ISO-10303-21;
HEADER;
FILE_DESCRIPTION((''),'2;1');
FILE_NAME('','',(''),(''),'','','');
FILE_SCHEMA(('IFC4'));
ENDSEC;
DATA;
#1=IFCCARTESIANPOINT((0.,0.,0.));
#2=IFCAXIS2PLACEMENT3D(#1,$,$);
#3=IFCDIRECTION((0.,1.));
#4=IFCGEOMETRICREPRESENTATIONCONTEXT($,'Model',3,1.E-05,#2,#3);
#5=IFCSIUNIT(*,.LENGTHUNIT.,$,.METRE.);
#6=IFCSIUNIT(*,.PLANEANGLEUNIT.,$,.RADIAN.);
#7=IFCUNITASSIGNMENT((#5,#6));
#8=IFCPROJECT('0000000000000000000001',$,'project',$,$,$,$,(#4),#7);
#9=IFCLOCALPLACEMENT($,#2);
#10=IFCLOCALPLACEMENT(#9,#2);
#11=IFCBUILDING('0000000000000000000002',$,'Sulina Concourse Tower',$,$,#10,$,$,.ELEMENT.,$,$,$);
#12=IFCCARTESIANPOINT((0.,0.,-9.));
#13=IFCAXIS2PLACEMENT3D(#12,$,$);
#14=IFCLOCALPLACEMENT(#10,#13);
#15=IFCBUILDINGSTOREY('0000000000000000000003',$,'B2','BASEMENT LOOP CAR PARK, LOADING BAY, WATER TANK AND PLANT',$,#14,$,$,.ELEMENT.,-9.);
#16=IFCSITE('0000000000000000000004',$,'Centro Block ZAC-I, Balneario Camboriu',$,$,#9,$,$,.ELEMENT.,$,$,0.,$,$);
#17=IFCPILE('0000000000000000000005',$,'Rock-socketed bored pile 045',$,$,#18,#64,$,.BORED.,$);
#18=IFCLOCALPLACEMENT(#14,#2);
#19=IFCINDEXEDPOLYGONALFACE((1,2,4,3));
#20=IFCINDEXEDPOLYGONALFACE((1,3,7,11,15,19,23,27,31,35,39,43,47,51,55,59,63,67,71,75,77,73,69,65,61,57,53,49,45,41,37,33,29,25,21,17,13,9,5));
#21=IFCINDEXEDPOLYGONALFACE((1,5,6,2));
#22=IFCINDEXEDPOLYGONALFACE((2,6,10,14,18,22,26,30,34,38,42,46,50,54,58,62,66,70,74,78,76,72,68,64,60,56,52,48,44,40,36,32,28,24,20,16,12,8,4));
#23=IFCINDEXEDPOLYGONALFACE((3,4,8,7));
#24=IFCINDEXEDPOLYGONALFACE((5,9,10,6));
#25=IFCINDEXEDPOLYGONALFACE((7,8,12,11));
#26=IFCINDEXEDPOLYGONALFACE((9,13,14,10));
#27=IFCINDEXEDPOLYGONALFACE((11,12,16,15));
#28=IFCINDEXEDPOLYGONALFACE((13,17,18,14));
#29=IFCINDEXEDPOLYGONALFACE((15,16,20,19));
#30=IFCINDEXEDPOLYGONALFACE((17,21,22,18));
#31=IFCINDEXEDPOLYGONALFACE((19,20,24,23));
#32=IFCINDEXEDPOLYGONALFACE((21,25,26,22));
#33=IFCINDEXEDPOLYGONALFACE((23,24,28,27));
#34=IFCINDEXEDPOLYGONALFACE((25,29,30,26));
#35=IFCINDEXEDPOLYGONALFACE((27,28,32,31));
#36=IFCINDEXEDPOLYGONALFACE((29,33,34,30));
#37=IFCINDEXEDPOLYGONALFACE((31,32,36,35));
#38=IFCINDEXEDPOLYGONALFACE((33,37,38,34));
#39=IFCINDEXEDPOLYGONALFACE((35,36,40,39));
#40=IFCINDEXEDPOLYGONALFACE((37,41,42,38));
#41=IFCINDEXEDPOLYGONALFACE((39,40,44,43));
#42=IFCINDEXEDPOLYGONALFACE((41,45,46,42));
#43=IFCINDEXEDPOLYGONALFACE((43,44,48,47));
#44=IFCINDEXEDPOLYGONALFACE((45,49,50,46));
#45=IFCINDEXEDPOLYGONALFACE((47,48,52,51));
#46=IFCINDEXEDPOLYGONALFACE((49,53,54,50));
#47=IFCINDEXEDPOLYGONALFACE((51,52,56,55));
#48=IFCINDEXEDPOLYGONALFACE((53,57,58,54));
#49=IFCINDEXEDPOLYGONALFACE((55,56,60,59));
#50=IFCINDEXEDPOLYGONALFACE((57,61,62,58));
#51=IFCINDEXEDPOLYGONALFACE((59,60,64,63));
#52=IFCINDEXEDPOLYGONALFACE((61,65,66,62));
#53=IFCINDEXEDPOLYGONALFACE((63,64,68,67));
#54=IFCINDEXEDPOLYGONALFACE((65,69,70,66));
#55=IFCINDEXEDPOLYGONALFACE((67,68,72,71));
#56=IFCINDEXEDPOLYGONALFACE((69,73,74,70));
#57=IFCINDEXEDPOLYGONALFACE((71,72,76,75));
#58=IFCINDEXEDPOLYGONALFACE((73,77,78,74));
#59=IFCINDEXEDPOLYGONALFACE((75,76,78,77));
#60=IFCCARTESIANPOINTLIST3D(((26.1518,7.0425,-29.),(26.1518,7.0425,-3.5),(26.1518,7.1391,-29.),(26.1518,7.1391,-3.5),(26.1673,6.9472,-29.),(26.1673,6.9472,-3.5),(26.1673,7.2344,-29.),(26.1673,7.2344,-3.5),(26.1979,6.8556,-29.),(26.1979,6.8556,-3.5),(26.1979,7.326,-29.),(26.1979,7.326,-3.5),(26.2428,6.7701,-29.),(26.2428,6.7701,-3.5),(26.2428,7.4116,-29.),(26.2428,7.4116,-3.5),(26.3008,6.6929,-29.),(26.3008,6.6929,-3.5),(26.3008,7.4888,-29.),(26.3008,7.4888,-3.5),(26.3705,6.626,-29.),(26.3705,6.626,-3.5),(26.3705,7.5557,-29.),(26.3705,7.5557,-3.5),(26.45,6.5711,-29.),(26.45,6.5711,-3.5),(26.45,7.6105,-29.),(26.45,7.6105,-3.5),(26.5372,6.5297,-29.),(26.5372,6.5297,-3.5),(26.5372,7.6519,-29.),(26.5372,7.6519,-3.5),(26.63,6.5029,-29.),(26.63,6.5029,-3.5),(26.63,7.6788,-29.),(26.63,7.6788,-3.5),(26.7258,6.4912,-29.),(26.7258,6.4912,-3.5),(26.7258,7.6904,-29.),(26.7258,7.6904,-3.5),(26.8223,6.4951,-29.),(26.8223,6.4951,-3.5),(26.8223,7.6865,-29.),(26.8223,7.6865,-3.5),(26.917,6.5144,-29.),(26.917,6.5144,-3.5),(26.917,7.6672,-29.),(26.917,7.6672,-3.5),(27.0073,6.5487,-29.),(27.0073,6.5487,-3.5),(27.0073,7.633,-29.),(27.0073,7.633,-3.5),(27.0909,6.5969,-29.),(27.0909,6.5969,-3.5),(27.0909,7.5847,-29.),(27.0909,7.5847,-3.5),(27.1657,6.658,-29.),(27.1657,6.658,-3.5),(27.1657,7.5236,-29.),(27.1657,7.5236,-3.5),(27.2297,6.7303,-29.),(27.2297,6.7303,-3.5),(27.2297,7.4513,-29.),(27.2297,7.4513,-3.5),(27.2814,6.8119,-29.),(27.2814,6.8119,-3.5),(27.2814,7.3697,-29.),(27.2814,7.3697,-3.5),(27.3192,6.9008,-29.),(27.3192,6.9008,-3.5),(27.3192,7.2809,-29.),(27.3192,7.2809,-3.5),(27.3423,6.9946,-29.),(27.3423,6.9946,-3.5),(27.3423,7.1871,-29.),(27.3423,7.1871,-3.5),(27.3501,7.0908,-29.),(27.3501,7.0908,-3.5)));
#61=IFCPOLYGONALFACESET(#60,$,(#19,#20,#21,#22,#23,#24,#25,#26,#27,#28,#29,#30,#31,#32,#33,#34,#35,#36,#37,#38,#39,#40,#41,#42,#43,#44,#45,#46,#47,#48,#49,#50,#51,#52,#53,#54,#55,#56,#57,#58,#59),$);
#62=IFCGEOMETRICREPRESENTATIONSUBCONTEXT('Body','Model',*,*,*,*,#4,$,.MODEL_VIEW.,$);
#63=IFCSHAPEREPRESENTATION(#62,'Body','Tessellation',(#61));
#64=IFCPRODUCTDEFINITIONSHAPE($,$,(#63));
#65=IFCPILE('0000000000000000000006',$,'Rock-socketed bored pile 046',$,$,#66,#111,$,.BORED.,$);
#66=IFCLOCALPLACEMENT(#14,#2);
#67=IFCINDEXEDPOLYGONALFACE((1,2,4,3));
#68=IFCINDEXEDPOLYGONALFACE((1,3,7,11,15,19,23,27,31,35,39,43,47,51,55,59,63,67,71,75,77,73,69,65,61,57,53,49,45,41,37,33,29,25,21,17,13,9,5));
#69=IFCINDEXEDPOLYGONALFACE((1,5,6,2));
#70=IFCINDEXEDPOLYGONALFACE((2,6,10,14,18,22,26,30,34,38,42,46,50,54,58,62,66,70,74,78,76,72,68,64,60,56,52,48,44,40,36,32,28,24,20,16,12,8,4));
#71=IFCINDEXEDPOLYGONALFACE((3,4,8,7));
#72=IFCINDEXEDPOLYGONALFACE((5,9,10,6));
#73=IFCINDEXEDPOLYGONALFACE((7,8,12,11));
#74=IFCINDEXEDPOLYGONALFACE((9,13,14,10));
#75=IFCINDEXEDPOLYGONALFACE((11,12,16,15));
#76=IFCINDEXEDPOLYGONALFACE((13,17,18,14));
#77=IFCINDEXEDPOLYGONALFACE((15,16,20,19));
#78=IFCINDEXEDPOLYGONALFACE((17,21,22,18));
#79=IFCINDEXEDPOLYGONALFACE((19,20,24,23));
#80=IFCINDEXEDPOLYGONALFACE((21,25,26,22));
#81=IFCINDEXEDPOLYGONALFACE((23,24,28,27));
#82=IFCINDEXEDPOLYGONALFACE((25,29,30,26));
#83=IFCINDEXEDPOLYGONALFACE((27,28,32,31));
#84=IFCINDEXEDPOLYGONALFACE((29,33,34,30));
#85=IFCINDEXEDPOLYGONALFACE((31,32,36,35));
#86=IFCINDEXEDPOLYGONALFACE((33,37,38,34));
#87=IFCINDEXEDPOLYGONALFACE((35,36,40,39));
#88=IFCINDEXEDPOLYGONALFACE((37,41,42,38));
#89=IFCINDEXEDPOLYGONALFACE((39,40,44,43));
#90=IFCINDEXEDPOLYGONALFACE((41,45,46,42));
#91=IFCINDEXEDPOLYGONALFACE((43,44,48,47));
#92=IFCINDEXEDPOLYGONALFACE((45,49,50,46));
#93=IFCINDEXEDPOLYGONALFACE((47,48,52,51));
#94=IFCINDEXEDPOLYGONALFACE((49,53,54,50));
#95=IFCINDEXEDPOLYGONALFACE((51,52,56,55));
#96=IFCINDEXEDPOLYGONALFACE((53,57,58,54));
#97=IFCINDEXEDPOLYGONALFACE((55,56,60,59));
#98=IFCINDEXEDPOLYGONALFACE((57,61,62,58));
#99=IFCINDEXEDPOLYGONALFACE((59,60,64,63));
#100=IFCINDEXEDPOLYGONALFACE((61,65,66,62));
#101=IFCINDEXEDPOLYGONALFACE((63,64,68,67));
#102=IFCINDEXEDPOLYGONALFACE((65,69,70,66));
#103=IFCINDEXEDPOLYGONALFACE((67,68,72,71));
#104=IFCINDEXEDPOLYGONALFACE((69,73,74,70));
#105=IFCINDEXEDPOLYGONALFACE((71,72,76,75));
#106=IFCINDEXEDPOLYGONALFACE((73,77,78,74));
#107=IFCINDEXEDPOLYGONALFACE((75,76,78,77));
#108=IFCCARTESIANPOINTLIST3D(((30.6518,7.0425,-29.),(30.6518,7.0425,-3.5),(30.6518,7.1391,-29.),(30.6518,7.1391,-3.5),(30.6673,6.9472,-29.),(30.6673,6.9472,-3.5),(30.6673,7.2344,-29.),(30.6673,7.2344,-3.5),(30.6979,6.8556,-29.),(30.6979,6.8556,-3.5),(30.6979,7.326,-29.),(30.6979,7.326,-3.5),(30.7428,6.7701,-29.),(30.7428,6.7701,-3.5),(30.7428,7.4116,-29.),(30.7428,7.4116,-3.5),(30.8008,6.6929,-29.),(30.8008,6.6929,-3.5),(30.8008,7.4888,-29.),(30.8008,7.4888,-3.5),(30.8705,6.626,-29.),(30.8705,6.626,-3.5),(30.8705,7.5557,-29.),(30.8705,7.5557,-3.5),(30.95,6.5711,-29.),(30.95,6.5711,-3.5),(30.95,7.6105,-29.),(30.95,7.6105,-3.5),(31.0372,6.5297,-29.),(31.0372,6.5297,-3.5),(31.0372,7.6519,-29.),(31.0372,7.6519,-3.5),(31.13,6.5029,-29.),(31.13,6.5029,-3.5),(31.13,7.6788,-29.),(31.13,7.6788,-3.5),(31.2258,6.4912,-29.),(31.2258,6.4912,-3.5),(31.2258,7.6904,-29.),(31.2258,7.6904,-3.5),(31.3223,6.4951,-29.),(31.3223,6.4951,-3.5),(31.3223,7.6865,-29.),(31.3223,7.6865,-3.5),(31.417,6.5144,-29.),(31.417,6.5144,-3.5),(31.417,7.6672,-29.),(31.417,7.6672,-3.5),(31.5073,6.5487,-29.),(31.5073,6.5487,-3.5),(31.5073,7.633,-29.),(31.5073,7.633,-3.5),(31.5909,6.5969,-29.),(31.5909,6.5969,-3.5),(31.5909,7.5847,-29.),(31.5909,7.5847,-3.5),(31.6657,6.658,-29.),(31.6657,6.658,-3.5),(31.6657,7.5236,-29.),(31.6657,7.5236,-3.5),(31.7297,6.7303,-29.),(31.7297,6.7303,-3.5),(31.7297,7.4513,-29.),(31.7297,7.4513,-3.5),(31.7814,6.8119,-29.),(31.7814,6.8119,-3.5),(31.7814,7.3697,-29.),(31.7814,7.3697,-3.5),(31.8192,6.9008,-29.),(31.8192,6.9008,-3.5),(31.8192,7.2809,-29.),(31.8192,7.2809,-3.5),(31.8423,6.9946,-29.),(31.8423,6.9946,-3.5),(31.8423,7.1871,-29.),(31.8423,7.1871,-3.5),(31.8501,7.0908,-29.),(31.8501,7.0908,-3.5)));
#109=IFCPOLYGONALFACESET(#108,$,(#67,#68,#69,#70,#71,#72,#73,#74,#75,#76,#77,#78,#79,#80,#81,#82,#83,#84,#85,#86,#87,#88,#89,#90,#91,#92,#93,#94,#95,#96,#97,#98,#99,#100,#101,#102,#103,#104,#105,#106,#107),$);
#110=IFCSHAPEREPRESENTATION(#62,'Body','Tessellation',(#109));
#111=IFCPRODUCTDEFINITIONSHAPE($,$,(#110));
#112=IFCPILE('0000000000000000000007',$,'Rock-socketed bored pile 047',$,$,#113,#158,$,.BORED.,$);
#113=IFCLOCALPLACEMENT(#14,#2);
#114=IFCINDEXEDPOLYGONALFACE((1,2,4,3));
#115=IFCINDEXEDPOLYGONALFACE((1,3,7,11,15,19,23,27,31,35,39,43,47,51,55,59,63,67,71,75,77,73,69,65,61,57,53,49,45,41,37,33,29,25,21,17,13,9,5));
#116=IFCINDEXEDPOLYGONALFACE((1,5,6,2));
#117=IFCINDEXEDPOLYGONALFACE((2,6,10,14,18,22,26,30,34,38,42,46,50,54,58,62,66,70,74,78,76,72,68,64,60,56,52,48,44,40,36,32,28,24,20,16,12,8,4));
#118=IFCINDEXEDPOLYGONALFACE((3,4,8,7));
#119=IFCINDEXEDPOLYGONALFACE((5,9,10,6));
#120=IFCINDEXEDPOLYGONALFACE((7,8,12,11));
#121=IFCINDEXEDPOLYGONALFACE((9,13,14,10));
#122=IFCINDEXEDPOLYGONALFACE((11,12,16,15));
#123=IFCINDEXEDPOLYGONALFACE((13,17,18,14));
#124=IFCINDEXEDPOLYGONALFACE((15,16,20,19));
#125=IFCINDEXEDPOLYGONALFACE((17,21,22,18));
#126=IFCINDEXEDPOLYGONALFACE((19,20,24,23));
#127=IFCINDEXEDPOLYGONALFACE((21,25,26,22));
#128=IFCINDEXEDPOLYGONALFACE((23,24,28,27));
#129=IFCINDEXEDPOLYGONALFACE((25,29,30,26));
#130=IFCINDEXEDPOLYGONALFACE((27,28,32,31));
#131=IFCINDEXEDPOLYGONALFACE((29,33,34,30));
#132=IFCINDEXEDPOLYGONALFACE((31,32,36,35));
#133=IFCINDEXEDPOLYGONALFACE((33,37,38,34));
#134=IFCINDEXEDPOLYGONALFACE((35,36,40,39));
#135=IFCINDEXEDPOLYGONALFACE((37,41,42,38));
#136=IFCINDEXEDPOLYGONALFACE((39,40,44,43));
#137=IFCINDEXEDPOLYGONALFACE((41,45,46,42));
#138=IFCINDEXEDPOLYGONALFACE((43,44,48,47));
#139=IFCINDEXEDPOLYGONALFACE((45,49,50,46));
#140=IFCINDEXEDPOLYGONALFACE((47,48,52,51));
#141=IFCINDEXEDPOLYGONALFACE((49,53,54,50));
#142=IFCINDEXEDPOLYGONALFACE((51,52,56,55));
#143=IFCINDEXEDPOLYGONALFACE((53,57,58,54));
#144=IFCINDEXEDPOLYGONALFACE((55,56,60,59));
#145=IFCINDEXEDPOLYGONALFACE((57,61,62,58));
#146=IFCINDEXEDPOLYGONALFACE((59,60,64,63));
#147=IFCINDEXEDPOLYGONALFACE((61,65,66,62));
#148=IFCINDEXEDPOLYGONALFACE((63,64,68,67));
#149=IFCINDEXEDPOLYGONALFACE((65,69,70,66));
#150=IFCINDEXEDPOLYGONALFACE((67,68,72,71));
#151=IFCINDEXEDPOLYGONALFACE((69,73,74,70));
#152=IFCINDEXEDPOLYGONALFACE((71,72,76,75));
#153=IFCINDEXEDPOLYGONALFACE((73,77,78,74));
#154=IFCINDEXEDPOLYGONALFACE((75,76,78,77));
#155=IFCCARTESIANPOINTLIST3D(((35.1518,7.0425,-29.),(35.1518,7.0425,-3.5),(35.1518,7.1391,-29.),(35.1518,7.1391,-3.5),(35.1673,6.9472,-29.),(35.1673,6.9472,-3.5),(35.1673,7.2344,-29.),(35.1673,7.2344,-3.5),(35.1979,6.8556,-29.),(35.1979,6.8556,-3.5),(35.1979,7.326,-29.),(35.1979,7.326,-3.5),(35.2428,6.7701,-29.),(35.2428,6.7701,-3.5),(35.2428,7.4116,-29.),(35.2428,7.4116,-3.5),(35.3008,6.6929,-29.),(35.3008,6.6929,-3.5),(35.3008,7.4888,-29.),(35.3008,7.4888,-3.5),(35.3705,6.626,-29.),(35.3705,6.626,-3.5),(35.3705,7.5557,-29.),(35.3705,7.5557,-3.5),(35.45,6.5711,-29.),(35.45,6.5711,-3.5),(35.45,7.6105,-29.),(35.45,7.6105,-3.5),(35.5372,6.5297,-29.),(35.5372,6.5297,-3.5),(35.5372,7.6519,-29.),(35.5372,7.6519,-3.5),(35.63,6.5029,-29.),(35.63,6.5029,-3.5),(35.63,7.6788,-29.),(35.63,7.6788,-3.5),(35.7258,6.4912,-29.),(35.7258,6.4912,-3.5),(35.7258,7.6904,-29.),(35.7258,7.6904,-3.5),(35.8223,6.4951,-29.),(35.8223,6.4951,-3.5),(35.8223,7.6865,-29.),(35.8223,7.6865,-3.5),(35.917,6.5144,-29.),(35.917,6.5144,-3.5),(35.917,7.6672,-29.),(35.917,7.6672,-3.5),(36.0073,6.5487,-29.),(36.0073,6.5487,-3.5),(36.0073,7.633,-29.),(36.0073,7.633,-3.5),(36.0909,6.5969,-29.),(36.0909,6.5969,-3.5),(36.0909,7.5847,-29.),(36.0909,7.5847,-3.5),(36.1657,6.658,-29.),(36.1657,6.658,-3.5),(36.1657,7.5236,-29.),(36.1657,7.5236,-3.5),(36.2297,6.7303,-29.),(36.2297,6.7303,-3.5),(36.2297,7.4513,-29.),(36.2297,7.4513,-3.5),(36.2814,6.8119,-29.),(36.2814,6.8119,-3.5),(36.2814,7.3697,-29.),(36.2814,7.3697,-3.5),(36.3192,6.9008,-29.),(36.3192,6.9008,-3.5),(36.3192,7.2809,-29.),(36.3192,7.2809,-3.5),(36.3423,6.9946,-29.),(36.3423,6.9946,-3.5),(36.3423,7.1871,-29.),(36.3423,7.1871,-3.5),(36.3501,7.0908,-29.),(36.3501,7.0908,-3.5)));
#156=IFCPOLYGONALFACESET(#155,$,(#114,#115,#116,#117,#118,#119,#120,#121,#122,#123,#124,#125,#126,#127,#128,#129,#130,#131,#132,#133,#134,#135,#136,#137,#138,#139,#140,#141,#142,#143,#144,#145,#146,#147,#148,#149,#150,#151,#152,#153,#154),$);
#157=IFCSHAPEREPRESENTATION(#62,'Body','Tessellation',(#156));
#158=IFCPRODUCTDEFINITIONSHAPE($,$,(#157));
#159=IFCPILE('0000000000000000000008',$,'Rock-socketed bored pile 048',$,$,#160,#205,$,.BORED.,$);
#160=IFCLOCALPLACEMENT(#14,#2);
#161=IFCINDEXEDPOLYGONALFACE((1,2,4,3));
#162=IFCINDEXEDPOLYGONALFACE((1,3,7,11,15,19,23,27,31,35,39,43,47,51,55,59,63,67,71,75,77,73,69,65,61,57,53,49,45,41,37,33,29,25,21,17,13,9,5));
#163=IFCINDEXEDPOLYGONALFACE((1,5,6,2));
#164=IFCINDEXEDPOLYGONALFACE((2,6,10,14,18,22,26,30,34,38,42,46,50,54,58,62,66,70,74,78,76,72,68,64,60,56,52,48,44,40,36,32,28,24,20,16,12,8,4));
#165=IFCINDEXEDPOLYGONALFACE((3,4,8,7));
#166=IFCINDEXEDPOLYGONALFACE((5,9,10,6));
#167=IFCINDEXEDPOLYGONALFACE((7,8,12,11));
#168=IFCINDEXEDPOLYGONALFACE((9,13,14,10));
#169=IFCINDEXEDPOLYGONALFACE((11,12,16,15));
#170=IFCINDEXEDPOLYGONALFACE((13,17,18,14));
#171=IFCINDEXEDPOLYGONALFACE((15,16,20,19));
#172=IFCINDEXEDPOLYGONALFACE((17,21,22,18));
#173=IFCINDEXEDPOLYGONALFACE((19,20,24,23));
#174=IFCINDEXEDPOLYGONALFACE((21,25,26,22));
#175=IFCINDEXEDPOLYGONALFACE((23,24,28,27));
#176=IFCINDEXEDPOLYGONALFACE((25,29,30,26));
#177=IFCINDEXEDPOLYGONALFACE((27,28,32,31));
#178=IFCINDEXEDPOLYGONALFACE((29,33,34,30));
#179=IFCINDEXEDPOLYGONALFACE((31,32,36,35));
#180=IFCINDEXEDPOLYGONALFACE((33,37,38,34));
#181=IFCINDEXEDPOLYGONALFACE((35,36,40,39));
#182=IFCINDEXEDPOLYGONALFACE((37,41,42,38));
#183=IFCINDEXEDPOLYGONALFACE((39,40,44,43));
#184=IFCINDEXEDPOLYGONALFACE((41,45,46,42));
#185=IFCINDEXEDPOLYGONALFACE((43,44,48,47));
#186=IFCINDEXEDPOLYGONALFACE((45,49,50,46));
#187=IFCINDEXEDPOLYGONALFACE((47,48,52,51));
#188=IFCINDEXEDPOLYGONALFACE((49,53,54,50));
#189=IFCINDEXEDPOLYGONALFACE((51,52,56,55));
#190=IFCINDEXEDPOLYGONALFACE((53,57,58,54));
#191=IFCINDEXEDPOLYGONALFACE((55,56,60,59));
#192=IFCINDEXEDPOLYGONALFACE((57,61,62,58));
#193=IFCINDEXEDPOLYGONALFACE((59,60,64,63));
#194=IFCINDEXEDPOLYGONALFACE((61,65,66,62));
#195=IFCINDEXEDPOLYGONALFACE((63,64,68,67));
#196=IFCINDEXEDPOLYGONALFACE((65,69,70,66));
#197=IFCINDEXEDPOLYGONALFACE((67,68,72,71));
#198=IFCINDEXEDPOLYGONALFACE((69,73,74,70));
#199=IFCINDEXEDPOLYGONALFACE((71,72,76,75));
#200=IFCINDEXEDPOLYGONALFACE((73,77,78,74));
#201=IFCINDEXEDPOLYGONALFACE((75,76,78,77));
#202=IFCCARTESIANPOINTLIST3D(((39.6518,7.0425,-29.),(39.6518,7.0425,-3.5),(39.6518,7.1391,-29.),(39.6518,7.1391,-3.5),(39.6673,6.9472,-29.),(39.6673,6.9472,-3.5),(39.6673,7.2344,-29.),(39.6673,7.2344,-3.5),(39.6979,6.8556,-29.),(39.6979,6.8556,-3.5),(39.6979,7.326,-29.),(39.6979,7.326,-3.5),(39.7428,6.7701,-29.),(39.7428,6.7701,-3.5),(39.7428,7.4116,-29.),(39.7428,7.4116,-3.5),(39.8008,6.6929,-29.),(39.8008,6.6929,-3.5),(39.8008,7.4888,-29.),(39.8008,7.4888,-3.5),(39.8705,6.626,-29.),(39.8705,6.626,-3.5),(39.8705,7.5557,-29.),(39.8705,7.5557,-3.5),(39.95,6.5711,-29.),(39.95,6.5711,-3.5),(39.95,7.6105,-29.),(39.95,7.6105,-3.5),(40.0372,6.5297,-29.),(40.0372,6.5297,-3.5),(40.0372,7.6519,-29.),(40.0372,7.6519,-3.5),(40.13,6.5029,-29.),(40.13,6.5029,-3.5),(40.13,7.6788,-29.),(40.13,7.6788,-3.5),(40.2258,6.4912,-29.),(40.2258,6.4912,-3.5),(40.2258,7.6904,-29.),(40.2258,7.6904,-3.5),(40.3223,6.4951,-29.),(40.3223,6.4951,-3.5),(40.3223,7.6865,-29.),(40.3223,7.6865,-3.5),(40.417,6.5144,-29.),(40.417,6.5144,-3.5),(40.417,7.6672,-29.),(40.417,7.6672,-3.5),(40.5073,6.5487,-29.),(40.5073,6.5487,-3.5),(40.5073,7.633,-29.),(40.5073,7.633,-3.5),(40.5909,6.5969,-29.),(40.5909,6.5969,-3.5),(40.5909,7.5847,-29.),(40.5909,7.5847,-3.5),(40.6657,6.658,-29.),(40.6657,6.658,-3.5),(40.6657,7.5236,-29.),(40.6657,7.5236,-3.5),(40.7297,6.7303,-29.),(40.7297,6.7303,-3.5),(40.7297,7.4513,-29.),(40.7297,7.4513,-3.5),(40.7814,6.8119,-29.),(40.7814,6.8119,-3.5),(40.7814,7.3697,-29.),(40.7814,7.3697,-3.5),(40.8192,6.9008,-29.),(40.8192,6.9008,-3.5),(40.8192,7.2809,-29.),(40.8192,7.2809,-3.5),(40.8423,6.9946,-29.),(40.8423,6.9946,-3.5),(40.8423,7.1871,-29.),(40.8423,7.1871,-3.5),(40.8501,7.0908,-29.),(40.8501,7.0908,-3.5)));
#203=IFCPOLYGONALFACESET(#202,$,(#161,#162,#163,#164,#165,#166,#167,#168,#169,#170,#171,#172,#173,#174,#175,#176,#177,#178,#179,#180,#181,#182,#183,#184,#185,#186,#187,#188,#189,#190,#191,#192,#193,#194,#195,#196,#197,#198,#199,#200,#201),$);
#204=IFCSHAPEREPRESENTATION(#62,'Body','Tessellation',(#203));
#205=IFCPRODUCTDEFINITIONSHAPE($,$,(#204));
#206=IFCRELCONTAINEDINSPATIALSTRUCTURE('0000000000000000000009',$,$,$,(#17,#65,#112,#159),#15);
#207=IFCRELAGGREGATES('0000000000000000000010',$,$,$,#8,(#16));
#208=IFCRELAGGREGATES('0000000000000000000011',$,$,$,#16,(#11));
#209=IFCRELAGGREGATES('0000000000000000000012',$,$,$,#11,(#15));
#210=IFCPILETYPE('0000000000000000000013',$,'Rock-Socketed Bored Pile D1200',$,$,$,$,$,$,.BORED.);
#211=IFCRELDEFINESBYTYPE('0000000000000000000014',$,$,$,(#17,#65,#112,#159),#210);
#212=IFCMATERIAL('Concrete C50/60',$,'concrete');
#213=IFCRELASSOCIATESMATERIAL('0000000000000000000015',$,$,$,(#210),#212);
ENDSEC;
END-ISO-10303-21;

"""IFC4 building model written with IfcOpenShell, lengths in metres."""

from ifc_helpers import new_model, si_unit, direction, frame, origin, origin_2d, place, context, subcontext, project, spatial, circle, extrude, material, material_profile, profile_set, type_object, element, save


model = new_model("IFC4")

# Units and contexts
model_context = context("Model", 3, precision=1e-05, world=origin(), true_north=direction((0.0, 1.0)))
body_context = subcontext(model_context, "Body", "Model", "MODEL_VIEW")
ifc_project = project(units=[si_unit("LENGTHUNIT", "METRE"), si_unit("PLANEANGLEUNIT", "RADIAN")], contexts=[model_context])

# Site, building, storey
site_placement = place(None, origin())
site = spatial("IfcSite", under=ifc_project, at=site_placement, Name="Centro Block ZAC-I, Balneario Camboriu", CompositionType="ELEMENT", RefElevation=0.0)
building_placement = place(site_placement, origin())
building = spatial("IfcBuilding", under=site, at=building_placement, Name="Sulina Concourse Tower", CompositionType="ELEMENT")
storey_placement = place(building_placement, frame((0.0, 0.0, -9.0)))
storey = spatial("IfcBuildingStorey", under=building, at=storey_placement, Name="B2", Description="BASEMENT LOOP CAR PARK, LOADING BAY, WATER TANK AND PLANT", CompositionType="ELEMENT", Elevation=-9.0)

# Piles
ifc_material_1 = material(Name="Concrete C50/60", Category="concrete")
ifc_material_profile_1 = material_profile(ifc_material_1, circle(Radius=0.6001, at=origin_2d()), Name="PILE D1200")
ifc_profile_set_1 = profile_set([ifc_material_profile_1], Name="Concrete C50/60")
pile_type_1 = type_object("IfcPileType", Name="Rock-Socketed Bored Pile D1200", PredefinedType="BORED", material=ifc_profile_set_1)
for number, where, z_axis, x_axis, name in (
    (1, (26.75, 7.0908, -3.5), (0.0, 0.0, -1.0), (1.0, 0.0, 0.0), "Rock-socketed bored pile 045"),
    (2, (31.25, 7.0908, -3.5), (0.0, 0.0, -1.0), (1.0, 0.0, 0.0), "Rock-socketed bored pile 046"),
    (3, (35.75, 7.0908, -3.5), (0.0, 0.0, -1.0), (1.0, 0.0, 0.0), "Rock-socketed bored pile 047"),
    (4, (40.25, 7.0908, -3.5), (0.0, 0.0, -1.0), (1.0, 0.0, 0.0), "Rock-socketed bored pile 048"),
):
    element("IfcPile", number, at=place(storey_placement, frame(where, z_axis=z_axis, x_axis=x_axis)), inside=storey, type_object=pile_type_1, Name=name, PredefinedType="BORED", context=body_context, shape_type="SweptSolid", body=[
        extrude(circle(Radius=0.6001, at=origin_2d()), origin(), (0.0, 0.0, 1.0), 25.5),
    ])

save(model, "model.ifc")
